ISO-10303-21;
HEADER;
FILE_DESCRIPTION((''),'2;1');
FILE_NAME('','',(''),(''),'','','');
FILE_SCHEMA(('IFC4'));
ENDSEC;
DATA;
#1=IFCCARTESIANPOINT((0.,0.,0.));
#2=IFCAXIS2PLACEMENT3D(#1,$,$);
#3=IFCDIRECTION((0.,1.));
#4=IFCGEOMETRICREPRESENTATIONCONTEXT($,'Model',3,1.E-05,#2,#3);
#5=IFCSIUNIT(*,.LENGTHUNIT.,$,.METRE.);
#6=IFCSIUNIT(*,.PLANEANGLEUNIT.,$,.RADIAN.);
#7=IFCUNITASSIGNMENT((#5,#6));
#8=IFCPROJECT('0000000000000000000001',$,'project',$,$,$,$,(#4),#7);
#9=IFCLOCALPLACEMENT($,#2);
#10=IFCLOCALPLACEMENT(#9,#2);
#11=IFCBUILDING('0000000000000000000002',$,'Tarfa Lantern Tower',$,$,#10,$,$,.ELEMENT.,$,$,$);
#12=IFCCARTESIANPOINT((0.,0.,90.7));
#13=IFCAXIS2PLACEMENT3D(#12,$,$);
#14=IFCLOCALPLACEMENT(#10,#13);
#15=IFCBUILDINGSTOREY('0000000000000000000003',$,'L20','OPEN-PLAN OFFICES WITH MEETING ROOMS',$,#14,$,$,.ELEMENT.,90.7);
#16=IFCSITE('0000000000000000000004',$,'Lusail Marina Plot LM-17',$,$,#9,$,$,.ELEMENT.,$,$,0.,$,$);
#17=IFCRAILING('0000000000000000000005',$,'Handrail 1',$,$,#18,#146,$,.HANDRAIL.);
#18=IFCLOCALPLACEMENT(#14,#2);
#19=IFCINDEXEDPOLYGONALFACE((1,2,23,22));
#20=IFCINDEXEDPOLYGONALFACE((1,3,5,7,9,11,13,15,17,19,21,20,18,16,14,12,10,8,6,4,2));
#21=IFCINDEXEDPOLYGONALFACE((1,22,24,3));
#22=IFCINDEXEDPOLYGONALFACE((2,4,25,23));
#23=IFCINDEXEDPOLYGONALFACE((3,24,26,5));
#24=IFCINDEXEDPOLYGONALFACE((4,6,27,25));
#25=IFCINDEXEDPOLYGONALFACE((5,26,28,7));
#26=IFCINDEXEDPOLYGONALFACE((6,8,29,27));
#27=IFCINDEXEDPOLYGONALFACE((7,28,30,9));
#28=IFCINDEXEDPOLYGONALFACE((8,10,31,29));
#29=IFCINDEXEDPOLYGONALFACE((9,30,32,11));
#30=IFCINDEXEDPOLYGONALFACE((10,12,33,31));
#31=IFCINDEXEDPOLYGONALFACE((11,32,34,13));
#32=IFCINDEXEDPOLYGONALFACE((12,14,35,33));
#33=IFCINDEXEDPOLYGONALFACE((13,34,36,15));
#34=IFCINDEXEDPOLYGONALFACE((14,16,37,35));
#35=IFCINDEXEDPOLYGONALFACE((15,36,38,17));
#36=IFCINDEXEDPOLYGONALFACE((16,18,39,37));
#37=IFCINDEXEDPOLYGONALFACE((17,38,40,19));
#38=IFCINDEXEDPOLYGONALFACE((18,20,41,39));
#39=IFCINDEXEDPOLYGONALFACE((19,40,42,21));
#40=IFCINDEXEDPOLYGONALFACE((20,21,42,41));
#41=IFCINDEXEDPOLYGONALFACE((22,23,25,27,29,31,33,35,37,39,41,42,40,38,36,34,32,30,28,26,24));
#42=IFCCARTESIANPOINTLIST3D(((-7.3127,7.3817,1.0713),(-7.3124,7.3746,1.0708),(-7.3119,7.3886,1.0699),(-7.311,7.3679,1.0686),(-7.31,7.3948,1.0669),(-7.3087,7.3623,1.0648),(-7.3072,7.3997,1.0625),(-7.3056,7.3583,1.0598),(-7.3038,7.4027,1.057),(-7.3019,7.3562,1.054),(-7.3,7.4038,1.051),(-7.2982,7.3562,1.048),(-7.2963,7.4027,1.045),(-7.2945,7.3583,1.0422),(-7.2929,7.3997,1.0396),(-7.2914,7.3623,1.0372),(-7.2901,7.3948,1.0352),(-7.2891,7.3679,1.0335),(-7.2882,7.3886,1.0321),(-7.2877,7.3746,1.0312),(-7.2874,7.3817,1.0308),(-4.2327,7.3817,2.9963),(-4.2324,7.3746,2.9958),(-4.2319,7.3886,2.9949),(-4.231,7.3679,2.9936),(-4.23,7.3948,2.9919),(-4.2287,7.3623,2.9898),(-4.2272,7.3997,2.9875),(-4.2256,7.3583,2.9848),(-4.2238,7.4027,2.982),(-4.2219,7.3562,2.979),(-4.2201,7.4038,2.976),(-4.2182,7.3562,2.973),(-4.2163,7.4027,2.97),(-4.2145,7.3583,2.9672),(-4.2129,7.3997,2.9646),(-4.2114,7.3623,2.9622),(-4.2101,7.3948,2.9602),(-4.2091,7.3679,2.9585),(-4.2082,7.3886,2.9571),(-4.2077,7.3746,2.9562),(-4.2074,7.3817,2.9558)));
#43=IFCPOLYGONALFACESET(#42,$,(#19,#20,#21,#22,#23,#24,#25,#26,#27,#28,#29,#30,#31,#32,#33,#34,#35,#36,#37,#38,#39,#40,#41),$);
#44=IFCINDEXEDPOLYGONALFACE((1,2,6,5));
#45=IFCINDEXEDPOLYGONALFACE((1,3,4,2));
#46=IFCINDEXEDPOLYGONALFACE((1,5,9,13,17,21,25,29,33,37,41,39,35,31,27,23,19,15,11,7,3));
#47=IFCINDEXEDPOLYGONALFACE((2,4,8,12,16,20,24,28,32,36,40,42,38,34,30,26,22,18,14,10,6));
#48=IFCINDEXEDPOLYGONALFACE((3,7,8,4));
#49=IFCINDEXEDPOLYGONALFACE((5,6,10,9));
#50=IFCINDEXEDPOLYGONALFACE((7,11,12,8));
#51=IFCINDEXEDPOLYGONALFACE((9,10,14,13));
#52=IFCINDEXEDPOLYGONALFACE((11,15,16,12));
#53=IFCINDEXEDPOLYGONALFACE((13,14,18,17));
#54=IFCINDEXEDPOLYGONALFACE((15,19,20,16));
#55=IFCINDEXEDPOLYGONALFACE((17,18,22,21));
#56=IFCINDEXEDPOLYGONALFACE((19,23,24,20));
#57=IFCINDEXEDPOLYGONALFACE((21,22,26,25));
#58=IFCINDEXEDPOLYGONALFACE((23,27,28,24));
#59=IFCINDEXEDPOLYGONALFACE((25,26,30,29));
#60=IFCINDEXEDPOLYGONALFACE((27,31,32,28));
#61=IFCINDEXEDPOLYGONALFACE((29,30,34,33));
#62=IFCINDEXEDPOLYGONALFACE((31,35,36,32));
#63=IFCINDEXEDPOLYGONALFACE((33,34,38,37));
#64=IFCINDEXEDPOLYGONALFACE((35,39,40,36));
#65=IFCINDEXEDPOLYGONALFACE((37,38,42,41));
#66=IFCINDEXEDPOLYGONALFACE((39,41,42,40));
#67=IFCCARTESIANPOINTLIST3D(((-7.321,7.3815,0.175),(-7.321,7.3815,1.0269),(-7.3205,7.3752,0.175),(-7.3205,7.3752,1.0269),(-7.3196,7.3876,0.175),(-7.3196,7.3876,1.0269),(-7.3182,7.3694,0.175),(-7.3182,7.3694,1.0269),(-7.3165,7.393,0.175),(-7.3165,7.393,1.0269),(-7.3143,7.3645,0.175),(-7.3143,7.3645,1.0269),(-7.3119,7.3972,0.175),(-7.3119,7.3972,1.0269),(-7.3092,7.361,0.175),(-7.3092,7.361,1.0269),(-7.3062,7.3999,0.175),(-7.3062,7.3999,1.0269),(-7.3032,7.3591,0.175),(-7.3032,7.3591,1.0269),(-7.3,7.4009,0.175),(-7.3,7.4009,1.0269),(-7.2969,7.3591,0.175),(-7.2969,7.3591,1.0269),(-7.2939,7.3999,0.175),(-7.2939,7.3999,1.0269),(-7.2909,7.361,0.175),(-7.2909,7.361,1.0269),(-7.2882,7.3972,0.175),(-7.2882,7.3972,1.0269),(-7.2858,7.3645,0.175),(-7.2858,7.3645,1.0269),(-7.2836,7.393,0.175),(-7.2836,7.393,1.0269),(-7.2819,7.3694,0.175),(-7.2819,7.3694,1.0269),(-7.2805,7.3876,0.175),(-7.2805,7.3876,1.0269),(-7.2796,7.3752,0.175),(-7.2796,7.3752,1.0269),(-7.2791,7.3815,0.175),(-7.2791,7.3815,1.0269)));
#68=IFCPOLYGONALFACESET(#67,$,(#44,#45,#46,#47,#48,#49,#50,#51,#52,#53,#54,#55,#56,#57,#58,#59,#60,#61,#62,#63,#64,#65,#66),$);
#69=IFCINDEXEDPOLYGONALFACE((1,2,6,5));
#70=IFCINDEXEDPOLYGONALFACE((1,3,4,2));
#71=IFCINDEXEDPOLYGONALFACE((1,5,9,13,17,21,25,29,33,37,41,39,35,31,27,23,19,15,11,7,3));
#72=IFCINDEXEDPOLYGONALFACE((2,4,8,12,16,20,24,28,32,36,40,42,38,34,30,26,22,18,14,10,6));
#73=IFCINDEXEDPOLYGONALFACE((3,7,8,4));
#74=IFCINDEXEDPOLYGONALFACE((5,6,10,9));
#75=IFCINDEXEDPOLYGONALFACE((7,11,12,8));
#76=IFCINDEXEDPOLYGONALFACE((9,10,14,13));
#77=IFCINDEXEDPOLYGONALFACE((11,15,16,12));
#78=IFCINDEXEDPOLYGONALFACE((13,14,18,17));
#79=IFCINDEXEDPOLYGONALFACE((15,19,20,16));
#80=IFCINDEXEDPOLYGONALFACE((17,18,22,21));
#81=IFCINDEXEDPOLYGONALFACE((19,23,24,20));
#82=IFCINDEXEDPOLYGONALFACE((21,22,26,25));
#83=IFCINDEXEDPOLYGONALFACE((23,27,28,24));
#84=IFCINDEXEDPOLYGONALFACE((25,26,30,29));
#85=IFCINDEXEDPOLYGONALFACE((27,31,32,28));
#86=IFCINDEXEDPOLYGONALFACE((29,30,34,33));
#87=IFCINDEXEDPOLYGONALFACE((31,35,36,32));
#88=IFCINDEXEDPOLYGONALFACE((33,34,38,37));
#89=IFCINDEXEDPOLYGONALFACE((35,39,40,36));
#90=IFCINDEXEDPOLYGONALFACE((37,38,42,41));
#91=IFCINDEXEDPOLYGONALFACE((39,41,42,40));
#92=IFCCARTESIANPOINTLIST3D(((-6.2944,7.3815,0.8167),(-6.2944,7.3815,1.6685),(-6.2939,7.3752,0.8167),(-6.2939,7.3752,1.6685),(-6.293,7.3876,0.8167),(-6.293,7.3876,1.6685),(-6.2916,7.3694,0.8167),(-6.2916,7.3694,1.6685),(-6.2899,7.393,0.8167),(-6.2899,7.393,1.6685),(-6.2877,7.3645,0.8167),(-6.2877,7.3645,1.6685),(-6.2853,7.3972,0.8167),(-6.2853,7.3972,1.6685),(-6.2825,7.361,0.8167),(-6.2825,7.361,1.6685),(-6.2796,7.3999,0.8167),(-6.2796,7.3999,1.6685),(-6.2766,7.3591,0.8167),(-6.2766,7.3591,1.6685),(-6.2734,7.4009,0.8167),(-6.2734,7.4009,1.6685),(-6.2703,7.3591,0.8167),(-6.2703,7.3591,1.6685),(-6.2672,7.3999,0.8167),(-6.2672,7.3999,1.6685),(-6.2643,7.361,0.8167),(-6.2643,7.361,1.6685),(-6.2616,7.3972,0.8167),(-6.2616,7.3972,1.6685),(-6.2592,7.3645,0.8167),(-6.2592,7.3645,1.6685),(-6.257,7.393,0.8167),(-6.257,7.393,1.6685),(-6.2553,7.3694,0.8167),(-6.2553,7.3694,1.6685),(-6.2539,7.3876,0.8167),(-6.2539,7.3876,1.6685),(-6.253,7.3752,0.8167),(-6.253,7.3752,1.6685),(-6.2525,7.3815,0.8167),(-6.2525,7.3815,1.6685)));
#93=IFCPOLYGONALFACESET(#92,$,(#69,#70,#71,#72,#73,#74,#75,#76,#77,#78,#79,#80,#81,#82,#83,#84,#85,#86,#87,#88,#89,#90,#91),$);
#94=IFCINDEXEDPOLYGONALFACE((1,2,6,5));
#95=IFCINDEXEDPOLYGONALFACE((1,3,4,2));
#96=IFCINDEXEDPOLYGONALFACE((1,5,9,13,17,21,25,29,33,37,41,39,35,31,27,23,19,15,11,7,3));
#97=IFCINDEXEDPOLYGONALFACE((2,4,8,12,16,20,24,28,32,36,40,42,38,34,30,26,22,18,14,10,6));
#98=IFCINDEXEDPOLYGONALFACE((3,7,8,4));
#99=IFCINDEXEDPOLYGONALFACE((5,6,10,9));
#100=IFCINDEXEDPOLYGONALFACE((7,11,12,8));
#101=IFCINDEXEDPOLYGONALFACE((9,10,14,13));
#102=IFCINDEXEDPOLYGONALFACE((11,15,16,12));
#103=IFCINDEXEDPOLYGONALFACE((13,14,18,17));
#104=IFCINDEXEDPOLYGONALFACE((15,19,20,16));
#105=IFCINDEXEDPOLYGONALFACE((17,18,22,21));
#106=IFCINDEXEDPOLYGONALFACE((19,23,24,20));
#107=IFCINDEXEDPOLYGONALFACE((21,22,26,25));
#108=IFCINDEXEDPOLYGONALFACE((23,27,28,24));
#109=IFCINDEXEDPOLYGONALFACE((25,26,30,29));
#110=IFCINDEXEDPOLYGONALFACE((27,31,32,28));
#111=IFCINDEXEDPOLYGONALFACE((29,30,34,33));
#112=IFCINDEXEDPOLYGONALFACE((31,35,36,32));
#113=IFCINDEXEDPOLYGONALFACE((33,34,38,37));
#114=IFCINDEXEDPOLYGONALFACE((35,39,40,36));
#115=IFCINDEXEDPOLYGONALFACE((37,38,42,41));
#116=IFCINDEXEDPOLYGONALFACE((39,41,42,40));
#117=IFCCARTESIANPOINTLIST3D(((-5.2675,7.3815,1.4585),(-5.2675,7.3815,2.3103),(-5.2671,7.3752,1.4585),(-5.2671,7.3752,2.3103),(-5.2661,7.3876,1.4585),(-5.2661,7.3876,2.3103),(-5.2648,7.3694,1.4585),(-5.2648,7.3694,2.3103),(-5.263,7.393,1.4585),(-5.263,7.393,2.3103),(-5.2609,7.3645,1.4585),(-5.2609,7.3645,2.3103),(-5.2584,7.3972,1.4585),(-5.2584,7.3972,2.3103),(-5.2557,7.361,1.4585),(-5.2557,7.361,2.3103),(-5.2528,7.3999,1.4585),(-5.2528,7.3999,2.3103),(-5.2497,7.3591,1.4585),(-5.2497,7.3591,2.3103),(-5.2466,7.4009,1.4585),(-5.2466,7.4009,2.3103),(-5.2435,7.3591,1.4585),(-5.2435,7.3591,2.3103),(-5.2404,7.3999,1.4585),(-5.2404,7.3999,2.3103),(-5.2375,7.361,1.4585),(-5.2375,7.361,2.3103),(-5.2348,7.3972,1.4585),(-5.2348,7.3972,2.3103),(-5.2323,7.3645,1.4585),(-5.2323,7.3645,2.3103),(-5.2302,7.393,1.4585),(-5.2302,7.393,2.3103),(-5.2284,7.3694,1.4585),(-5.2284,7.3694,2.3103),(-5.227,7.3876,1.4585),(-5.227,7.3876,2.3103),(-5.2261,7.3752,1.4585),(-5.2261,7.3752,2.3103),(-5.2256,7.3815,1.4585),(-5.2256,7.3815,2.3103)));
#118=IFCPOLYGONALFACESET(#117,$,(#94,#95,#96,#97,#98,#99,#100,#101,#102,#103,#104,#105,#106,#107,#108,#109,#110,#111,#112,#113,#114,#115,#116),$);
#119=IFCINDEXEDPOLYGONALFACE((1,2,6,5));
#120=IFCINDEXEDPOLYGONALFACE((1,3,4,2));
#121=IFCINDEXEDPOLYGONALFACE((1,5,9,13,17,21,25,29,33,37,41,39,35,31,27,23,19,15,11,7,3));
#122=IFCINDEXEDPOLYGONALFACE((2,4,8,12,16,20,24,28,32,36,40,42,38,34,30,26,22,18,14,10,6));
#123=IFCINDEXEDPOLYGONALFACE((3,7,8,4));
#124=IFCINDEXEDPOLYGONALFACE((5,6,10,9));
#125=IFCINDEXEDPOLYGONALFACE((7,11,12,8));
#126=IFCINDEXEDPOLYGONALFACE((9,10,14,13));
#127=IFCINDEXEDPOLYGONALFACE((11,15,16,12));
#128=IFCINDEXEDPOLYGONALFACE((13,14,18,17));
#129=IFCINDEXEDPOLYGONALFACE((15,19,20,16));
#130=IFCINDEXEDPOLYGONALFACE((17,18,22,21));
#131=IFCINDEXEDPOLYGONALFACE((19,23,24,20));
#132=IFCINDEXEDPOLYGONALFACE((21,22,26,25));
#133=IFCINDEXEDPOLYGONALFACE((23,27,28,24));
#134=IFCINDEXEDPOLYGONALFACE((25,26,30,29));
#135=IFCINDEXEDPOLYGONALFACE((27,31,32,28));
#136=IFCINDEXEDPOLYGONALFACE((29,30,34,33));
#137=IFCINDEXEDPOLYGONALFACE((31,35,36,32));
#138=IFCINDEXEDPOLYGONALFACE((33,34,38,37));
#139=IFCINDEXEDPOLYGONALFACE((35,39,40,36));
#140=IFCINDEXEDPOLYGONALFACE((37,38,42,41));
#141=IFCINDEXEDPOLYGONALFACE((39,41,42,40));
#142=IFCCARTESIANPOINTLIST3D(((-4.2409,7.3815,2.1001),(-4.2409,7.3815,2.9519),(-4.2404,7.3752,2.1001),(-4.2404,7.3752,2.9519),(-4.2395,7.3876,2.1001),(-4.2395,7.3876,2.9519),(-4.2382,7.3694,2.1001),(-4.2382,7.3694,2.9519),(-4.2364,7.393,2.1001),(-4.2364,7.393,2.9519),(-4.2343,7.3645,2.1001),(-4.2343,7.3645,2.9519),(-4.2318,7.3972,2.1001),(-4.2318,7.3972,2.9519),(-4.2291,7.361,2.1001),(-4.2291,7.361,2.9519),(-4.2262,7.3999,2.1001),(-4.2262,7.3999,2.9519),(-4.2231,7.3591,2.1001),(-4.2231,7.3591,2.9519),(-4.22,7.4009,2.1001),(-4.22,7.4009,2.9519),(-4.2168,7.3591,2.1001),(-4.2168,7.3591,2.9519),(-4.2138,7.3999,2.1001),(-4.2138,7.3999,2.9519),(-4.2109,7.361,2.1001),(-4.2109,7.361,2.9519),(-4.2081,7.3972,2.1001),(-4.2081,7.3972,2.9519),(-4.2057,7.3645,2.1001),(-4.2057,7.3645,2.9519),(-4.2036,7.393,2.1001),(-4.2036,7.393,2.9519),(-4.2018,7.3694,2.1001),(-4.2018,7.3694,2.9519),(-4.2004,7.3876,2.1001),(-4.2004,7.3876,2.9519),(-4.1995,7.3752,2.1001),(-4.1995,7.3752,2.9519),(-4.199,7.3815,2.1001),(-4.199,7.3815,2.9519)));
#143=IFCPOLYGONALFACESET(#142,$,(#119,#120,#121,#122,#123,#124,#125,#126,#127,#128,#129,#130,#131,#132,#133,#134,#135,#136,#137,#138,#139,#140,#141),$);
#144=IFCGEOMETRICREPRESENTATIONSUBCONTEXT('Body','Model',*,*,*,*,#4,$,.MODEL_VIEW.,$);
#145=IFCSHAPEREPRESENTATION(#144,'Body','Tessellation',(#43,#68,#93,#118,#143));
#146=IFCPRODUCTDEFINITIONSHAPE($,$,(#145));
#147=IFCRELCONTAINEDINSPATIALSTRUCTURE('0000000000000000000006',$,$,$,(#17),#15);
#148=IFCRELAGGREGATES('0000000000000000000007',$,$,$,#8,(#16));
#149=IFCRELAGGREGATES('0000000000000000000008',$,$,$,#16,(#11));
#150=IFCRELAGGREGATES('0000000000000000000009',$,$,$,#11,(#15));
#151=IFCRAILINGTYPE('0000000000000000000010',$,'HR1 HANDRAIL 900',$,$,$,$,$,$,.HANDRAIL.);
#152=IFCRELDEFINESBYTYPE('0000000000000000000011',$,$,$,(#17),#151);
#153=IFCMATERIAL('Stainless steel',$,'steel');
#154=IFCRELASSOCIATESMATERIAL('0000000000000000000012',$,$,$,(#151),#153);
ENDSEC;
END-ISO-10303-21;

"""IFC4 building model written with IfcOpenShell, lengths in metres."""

from ifc_helpers import new_model, si_unit, direction, frame, origin, origin_2d, place, context, subcontext, project, spatial, circle, extrude, material, type_object, element, save


model = new_model("IFC4")

# Units and contexts
model_context = context("Model", 3, precision=1e-05, world=origin(), true_north=direction((0.0, 1.0)))
body_context = subcontext(model_context, "Body", "Model", "MODEL_VIEW")
ifc_project = project(units=[si_unit("LENGTHUNIT", "METRE"), si_unit("PLANEANGLEUNIT", "RADIAN")], contexts=[model_context])

# Site, building, storey
site_placement = place(None, origin())
site = spatial("IfcSite", under=ifc_project, at=site_placement, Name="Lusail Marina Plot LM-17", CompositionType="ELEMENT", RefElevation=0.0)
building_placement = place(site_placement, origin())
building = spatial("IfcBuilding", under=site, at=building_placement, Name="Tarfa Lantern Tower", CompositionType="ELEMENT")
storey_placement = place(building_placement, frame((0.0, 0.0, 90.7)))
storey = spatial("IfcBuildingStorey", under=building, at=storey_placement, Name="L20", Description="OPEN-PLAN OFFICES WITH MEETING ROOMS", CompositionType="ELEMENT", Elevation=90.7)

# Railing
ifc_material_1 = material(Name="Stainless steel", Category="steel")
railing_type = type_object("IfcRailingType", Name="HR1 HANDRAIL 900", PredefinedType="HANDRAIL", material=ifc_material_1)
railing_1_placement = place(storey_placement, frame((-7.3, 7.3799, 0.175)))
element("IfcRailing", 1, at=railing_1_placement, inside=storey, type_object=railing_type, Name="Handrail 1", PredefinedType="HANDRAIL", context=body_context, shape_type="SweptSolid", body=[
    extrude(circle(Radius=0.0239, at=origin_2d()), frame((0.0, 0.0, 0.876), z_axis=(0.847998, 0.0, 0.529999), x_axis=(0.0, 1.0, 0.0)), (0.0, 0.0, 1.0), 3.6321),
    extrude(circle(Radius=0.021, at=origin_2d()), frame((0.0, 0.0, 0.0), z_axis=(0.0, 0.0, 1.0), x_axis=(0.0, 1.0, 0.0)), (0.0, 0.0, 1.0), 0.8518),
    extrude(circle(Radius=0.021, at=origin_2d()), frame((1.0266, 0.0, 0.6416), z_axis=(0.0, 0.0, 1.0), x_axis=(0.0, 1.0, 0.0)), (0.0, 0.0, 1.0), 0.8518),
    extrude(circle(Radius=0.021, at=origin_2d()), frame((2.0535, 0.0, 1.2834), z_axis=(0.0, 0.0, 1.0), x_axis=(0.0, 1.0, 0.0)), (0.0, 0.0, 1.0), 0.8518),
    extrude(circle(Radius=0.021, at=origin_2d()), frame((3.0801, 0.0, 1.925), z_axis=(0.0, 0.0, 1.0), x_axis=(0.0, 1.0, 0.0)), (0.0, 0.0, 1.0), 0.8518),
])

save(model, "model.ifc")
